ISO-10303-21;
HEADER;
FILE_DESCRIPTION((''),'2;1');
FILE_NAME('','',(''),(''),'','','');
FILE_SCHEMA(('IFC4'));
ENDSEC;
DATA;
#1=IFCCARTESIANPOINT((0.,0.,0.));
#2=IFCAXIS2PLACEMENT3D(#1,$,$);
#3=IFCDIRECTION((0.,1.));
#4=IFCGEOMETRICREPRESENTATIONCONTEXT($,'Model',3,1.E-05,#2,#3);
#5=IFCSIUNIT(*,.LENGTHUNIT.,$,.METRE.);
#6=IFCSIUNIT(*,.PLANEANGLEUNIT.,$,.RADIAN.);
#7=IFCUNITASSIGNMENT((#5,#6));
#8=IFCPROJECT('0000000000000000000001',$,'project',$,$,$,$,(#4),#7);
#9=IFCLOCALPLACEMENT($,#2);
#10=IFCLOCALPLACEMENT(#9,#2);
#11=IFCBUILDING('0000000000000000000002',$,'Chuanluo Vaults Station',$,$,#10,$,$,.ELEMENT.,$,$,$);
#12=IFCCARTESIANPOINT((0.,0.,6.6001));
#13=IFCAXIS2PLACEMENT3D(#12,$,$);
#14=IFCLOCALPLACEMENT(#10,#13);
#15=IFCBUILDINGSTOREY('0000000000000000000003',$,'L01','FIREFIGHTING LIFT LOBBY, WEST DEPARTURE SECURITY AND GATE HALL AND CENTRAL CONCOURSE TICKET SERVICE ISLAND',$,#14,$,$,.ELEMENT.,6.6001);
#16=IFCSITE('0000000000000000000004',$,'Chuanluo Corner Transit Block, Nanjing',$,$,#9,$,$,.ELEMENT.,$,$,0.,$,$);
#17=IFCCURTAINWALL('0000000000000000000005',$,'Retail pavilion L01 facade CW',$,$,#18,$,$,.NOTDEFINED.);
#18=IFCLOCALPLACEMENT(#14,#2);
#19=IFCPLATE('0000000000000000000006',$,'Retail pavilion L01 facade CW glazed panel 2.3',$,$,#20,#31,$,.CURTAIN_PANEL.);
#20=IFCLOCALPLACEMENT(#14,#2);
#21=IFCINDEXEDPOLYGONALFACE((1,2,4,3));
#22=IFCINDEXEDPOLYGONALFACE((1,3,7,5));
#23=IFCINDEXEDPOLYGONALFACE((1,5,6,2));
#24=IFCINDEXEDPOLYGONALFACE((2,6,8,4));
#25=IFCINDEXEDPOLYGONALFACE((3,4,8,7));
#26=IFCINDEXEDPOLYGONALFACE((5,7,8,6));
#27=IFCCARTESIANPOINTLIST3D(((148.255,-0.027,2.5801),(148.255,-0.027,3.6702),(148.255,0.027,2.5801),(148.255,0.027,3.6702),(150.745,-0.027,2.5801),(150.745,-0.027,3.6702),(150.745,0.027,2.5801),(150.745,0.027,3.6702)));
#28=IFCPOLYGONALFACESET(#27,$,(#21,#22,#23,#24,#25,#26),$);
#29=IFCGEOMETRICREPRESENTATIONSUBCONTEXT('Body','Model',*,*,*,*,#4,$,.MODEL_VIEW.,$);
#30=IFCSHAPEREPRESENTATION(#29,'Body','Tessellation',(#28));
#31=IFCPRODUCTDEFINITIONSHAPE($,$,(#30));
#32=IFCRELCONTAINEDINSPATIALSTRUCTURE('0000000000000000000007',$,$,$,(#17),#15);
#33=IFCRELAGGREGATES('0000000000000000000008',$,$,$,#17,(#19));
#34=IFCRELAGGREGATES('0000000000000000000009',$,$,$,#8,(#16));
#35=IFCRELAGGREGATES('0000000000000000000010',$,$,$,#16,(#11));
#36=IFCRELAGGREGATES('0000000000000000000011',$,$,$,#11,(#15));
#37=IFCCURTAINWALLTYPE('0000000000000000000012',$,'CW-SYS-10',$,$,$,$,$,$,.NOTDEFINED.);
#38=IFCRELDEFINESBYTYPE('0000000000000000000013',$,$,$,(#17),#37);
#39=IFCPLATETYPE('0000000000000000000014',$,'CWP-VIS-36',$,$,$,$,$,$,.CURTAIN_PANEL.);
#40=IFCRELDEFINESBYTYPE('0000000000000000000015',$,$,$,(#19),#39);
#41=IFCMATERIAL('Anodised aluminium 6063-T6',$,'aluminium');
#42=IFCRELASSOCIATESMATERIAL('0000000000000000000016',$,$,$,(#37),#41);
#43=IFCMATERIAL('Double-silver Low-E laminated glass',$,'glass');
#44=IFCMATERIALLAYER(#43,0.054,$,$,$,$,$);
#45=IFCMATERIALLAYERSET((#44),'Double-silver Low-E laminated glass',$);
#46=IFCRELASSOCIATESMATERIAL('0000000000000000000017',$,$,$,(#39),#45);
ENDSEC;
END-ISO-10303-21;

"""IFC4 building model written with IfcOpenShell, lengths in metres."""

from ifc_helpers import new_model, si_unit, direction, frame, origin, origin_2d, place, context, subcontext, project, spatial, rectangle, extrude, material, layer, layer_set, type_object, element, aggregate, save


model = new_model("IFC4")

# Units and contexts
model_context = context("Model", 3, precision=1e-05, world=origin(), true_north=direction((0.0, 1.0)))
body_context = subcontext(model_context, "Body", "Model", "MODEL_VIEW")
ifc_project = project(units=[si_unit("LENGTHUNIT", "METRE"), si_unit("PLANEANGLEUNIT", "RADIAN")], contexts=[model_context])

# Site, building, storey
site_placement = place(None, origin())
site = spatial("IfcSite", under=ifc_project, at=site_placement, Name="Chuanluo Corner Transit Block, Nanjing", CompositionType="ELEMENT", RefElevation=0.0)
building_placement = place(site_placement, origin())
building = spatial("IfcBuilding", under=site, at=building_placement, Name="Chuanluo Vaults Station", CompositionType="ELEMENT")
storey_placement = place(building_placement, frame((0.0, 0.0, 6.6001)))
storey = spatial("IfcBuildingStorey", under=building, at=storey_placement, Name="L01", Description="FIREFIGHTING LIFT LOBBY, WEST DEPARTURE SECURITY AND GATE HALL AND CENTRAL CONCOURSE TICKET SERVICE ISLAND", CompositionType="ELEMENT", Elevation=6.6001)

# Curtain wall, plate
ifc_material_1 = material(Name="Anodised aluminium 6063-T6", Category="aluminium")
curtain_wall_type = type_object("IfcCurtainWallType", Name="CW-SYS-10", PredefinedType="NOTDEFINED", material=ifc_material_1)
curtain_wall_placement = place(storey_placement, origin())
curtain_wall = element("IfcCurtainWall", 1, at=curtain_wall_placement, inside=storey, type_object=curtain_wall_type, Name="Retail pavilion L01 facade CW", PredefinedType="NOTDEFINED")
ifc_material_2 = material(Name="Double-silver Low-E laminated glass", Category="glass")
ifc_layer_1 = layer(ifc_material_2, 0.054)
ifc_layer_set_1 = layer_set([ifc_layer_1], Name="Double-silver Low-E laminated glass")
plate_type_1 = type_object("IfcPlateType", Name="CWP-VIS-36", PredefinedType="CURTAIN_PANEL", material=ifc_layer_set_1)
plate_1_placement = place(storey_placement, frame((149.5, 0.0, 2.5801), z_axis=(0.0, 0.0, 1.0), x_axis=(-1.0, 0.0, 0.0)))
plate_1 = element("IfcPlate", 2, at=plate_1_placement, type_object=plate_type_1, Name="Retail pavilion L01 facade CW glazed panel 2.3", PredefinedType="CURTAIN_PANEL", context=body_context, shape_type="SweptSolid", body=[
    extrude(rectangle(XDim=2.49, YDim=0.054, at=origin_2d()), origin(), (0.0, 0.0, 1.0), 1.0901),
])
aggregate(curtain_wall, [plate_1])

save(model, "model.ifc")
